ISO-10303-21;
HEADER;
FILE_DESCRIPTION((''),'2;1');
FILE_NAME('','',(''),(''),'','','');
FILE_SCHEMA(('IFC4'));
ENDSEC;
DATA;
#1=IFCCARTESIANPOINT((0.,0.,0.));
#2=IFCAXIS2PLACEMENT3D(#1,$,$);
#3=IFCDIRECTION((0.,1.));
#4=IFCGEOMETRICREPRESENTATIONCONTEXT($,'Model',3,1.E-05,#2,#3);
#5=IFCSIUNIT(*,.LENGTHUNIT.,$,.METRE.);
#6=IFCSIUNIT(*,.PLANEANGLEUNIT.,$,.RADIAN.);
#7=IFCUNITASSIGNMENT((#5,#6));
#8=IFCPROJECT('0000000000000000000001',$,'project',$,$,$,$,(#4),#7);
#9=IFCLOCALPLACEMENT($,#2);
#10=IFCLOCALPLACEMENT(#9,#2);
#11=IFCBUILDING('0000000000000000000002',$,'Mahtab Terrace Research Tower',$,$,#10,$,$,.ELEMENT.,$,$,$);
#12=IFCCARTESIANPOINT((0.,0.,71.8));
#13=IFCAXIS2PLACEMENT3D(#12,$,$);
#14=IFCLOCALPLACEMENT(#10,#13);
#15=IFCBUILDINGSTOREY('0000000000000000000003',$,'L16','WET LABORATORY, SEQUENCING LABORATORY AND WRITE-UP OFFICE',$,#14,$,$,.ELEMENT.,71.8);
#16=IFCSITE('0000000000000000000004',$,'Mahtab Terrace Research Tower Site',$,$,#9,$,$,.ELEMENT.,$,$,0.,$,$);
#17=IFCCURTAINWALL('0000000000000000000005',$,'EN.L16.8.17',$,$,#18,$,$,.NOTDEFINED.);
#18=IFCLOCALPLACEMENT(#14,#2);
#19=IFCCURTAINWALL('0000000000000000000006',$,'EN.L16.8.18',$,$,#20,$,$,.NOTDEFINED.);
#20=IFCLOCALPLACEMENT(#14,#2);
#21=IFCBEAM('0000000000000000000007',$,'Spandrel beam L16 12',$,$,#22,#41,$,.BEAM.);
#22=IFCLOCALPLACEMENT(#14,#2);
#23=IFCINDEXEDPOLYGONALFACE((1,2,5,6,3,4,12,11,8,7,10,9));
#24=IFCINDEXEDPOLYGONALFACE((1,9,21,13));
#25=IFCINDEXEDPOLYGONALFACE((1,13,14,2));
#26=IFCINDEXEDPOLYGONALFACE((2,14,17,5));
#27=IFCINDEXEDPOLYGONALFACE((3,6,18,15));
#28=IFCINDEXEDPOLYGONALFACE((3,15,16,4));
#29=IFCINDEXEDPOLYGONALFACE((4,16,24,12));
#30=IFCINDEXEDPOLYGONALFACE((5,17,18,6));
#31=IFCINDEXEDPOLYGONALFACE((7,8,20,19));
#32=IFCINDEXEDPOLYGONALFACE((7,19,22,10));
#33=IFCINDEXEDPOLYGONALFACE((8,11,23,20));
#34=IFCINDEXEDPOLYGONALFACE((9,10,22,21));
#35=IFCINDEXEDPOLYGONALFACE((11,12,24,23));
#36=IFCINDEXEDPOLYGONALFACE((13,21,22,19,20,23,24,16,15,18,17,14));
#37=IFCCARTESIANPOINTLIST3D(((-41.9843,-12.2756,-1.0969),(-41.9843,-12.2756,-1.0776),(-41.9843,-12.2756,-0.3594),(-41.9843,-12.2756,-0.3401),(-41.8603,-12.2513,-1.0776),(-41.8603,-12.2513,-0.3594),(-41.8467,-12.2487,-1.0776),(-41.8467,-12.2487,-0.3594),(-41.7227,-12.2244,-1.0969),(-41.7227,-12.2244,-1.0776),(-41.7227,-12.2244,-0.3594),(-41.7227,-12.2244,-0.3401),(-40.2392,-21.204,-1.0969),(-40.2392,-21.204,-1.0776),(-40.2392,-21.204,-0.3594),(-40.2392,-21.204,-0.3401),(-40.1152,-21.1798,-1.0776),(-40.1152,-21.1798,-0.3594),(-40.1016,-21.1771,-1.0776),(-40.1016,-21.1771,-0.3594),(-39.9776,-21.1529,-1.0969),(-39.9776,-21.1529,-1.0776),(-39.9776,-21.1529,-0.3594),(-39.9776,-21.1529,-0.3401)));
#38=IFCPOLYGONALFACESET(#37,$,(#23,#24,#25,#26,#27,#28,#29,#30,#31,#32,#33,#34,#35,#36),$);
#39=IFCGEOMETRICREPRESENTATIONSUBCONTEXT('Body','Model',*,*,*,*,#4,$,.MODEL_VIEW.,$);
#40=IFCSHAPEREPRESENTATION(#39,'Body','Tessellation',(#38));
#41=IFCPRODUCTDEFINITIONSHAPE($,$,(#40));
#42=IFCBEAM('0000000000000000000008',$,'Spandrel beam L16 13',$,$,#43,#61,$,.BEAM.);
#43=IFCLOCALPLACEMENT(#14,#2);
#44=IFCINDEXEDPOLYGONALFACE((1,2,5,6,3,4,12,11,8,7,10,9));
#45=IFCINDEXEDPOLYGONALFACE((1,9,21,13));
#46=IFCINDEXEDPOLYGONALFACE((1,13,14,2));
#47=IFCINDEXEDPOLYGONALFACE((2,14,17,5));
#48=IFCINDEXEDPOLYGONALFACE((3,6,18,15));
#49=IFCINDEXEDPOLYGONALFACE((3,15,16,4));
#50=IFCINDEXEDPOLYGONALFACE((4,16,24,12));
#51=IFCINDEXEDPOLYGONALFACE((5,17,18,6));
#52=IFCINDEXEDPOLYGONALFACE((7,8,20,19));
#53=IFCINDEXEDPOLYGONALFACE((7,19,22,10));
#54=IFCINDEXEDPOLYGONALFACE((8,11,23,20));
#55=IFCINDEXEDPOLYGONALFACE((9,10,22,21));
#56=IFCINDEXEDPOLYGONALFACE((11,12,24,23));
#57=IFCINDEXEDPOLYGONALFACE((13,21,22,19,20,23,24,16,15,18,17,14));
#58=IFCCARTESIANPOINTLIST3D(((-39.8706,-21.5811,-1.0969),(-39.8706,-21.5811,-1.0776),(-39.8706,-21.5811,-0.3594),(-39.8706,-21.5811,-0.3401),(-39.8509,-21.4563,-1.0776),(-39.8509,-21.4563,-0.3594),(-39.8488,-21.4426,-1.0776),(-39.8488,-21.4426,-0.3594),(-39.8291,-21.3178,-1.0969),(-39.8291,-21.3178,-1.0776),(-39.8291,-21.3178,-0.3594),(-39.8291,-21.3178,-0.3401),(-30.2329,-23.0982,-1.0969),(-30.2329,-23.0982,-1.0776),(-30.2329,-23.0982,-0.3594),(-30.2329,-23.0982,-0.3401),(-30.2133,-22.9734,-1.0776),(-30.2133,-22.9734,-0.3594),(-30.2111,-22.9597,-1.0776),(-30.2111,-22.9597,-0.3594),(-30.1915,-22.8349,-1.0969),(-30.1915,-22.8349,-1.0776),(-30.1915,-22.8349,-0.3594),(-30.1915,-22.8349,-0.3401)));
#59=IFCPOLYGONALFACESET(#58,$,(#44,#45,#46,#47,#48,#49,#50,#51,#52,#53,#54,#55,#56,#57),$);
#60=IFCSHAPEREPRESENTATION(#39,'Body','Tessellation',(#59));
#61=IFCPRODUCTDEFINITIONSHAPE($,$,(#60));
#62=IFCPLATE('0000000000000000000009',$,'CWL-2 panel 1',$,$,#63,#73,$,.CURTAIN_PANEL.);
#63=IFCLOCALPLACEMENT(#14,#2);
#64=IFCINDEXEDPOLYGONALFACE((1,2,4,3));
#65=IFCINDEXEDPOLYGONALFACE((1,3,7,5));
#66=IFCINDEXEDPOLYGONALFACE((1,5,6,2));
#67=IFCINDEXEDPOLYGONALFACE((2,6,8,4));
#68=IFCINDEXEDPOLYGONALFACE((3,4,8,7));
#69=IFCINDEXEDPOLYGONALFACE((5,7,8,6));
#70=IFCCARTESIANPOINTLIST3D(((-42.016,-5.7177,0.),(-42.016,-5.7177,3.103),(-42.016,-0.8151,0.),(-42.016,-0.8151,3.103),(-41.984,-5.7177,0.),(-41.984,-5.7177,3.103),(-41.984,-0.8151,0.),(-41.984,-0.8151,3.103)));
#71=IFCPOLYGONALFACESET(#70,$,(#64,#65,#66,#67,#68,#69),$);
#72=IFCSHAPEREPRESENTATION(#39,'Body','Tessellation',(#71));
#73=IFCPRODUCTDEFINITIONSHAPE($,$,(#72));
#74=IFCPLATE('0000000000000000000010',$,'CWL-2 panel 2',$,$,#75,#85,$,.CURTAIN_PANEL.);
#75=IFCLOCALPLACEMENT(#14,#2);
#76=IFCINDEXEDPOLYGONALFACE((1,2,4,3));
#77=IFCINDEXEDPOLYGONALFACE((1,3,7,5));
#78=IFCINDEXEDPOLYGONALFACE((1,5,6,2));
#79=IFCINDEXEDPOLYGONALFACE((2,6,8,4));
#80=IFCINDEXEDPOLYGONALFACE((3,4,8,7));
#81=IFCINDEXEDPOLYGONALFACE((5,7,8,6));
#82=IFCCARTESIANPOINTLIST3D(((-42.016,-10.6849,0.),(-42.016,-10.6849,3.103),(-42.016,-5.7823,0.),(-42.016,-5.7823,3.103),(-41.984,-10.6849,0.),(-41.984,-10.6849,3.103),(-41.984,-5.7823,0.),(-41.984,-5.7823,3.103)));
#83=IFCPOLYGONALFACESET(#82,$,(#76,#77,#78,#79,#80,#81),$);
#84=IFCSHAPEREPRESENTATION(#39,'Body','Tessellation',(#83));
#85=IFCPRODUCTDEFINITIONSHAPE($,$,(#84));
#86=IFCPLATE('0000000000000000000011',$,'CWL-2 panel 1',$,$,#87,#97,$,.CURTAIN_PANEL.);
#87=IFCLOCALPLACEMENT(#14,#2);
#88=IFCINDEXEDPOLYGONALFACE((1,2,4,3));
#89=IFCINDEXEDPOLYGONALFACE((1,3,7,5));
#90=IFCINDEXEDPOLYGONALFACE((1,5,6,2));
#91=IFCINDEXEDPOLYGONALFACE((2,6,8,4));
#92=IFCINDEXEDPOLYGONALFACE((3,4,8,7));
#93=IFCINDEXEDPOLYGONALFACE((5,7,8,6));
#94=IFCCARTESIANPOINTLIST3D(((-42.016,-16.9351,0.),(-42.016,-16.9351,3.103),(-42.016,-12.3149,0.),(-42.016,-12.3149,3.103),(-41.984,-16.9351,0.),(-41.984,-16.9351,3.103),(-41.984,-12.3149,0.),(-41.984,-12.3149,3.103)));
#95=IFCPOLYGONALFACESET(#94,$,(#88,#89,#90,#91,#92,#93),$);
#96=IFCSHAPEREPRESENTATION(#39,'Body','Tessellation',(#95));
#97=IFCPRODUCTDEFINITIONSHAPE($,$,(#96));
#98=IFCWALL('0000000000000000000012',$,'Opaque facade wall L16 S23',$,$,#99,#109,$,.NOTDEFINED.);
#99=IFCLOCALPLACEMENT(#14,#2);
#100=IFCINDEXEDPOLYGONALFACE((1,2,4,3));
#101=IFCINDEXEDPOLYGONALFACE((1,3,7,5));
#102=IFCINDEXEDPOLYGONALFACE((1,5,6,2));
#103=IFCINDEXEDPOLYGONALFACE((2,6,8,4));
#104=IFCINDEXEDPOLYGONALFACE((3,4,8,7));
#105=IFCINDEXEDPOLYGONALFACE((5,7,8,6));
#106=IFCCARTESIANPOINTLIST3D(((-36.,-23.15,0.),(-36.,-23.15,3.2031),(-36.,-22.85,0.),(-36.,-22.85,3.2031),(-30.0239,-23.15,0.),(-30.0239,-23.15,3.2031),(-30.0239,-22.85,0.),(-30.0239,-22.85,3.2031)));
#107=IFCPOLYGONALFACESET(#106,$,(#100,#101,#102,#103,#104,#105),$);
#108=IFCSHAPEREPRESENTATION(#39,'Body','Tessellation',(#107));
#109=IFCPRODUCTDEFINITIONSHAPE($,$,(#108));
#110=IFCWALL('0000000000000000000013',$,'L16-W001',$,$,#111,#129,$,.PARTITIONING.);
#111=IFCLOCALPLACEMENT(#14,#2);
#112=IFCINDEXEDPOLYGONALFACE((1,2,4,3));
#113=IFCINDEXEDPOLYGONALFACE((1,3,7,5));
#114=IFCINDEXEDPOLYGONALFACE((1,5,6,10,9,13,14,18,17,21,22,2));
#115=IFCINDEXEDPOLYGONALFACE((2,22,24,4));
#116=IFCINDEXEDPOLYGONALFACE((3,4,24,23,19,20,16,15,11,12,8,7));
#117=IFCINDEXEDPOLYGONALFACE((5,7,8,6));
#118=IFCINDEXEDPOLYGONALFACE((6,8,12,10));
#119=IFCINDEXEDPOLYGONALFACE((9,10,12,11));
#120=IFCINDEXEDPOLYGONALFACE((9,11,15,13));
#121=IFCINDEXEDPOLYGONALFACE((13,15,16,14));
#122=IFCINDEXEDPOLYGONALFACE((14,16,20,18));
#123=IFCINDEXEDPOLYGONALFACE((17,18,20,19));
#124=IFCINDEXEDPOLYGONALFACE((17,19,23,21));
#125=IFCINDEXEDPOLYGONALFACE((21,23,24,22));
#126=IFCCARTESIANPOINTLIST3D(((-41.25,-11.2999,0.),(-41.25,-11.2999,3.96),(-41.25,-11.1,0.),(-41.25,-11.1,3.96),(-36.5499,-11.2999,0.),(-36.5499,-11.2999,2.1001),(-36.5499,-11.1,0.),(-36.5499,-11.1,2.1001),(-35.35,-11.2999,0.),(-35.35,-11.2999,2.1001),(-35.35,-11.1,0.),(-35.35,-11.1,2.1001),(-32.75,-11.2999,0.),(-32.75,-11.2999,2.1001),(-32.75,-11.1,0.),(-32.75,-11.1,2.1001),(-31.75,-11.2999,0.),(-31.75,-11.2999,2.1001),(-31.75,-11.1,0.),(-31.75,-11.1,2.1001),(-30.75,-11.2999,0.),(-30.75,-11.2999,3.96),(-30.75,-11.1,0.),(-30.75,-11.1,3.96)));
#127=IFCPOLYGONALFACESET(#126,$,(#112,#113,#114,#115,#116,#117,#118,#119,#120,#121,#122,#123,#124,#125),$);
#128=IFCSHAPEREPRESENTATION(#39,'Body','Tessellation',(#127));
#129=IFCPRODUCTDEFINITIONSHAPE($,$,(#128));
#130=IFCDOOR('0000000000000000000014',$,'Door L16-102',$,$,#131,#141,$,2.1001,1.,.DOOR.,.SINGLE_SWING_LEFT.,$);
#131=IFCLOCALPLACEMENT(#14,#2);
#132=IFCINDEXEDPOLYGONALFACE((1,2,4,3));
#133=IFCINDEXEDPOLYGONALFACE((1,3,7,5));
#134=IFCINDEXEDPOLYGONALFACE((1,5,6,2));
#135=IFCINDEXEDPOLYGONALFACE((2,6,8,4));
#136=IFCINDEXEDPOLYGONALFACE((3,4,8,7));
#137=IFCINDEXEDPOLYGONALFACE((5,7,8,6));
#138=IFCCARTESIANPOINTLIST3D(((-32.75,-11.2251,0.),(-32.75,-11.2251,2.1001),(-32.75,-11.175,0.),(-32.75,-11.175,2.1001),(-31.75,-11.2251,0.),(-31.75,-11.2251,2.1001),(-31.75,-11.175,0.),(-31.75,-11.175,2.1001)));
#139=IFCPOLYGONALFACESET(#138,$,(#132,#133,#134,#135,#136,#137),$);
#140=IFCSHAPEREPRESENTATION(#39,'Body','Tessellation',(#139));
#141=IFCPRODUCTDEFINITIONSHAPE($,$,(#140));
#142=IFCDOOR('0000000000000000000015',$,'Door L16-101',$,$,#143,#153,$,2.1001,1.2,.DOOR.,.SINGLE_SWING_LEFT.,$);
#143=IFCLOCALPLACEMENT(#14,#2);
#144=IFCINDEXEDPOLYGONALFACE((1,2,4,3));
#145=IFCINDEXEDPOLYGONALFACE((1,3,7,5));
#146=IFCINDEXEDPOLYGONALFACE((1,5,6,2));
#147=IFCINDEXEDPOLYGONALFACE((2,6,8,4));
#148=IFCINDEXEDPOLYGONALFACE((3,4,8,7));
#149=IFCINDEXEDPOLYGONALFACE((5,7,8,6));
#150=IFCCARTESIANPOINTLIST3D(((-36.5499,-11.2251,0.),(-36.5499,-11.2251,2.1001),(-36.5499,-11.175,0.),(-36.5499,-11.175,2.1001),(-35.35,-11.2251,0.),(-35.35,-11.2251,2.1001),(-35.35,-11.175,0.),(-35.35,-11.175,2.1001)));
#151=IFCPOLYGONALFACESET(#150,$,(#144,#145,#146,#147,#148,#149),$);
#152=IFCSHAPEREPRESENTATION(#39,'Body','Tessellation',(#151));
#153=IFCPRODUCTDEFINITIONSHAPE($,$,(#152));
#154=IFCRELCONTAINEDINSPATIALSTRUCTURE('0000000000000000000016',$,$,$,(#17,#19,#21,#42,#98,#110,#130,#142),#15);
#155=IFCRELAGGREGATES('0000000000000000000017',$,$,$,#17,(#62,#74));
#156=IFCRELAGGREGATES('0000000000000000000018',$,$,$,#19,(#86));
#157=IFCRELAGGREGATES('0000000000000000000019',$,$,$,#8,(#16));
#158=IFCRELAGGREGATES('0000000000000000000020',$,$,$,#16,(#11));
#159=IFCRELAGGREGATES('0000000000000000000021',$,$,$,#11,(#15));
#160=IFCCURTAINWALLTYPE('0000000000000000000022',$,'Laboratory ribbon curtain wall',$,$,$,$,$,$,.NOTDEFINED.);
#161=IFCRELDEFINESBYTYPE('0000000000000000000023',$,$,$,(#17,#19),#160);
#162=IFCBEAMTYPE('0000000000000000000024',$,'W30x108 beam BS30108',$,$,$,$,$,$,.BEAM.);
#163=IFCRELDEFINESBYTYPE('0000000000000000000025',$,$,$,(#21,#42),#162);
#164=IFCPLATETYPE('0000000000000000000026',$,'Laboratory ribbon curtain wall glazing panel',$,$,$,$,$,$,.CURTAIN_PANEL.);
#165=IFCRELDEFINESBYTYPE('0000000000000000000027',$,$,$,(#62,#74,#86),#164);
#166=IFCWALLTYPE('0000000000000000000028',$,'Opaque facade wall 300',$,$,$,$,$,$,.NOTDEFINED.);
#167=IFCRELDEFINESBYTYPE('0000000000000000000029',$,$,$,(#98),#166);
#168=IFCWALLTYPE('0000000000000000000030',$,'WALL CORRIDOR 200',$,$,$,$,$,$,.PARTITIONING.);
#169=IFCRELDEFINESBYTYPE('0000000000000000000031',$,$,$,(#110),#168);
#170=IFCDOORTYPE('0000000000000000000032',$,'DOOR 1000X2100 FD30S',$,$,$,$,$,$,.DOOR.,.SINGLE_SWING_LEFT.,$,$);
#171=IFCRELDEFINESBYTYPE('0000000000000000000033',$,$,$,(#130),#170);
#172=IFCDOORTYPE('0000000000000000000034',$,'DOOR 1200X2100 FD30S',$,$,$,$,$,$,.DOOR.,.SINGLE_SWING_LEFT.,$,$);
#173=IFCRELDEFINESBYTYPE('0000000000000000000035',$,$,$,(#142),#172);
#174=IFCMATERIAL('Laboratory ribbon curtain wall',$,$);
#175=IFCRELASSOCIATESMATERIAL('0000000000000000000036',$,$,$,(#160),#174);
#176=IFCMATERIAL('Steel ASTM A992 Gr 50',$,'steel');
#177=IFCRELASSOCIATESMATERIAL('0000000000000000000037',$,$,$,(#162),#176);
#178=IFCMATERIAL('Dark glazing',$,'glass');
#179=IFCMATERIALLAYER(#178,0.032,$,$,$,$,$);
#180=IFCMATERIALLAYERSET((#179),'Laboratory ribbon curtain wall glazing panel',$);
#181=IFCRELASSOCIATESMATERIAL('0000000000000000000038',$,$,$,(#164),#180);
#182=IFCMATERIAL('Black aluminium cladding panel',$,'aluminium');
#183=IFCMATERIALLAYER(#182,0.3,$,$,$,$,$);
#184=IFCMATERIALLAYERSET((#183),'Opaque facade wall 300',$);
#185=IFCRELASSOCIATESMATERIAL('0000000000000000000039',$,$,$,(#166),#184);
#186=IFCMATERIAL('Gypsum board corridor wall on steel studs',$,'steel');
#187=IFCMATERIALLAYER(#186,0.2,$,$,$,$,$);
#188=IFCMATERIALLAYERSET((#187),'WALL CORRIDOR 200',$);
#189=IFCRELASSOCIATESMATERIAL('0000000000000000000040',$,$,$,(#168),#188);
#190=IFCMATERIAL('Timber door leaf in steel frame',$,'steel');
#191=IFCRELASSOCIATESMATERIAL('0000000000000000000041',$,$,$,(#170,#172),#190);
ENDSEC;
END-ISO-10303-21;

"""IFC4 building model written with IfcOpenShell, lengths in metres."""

from ifc_helpers import new_model, si_unit, direction, frame, frame_2d, origin, origin_2d, place, context, subcontext, project, spatial, rectangle, i_section, extrude, material, layer, layer_set, material_profile, profile_set, type_object, element, fill, aggregate, save


model = new_model("IFC4")

# Units and contexts
model_context = context("Model", 3, precision=1e-05, world=origin(), true_north=direction((0.0, 1.0)))
body_context = subcontext(model_context, "Body", "Model", "MODEL_VIEW")
ifc_project = project(units=[si_unit("LENGTHUNIT", "METRE"), si_unit("PLANEANGLEUNIT", "RADIAN")], contexts=[model_context])

# Site, building, storey
site_placement = place(None, origin())
site = spatial("IfcSite", under=ifc_project, at=site_placement, Name="Mahtab Terrace Research Tower Site", CompositionType="ELEMENT", RefElevation=0.0)
building_placement = place(site_placement, origin())
building = spatial("IfcBuilding", under=site, at=building_placement, Name="Mahtab Terrace Research Tower", CompositionType="ELEMENT")
storey_placement = place(building_placement, frame((0.0, 0.0, 71.8)))
storey = spatial("IfcBuildingStorey", under=building, at=storey_placement, Name="L16", Description="WET LABORATORY, SEQUENCING LABORATORY AND WRITE-UP OFFICE", CompositionType="ELEMENT", Elevation=71.8)

# Shared definitions
ifc_material_1 = material(Name="Steel ASTM A992 Gr 50", Category="steel")

# Curtain walls
ifc_material_2 = material(Name="Laboratory ribbon curtain wall")
curtain_wall_type = type_object("IfcCurtainWallType", Name="Laboratory ribbon curtain wall", PredefinedType="NOTDEFINED", material=ifc_material_2)
curtain_wall_1_placement = place(storey_placement, origin())
curtain_wall_1 = element("IfcCurtainWall", 1, at=curtain_wall_1_placement, inside=storey, type_object=curtain_wall_type, Name="EN.L16.8.17", PredefinedType="NOTDEFINED")
curtain_wall_2_placement = place(storey_placement, origin())
curtain_wall_2 = element("IfcCurtainWall", 2, at=curtain_wall_2_placement, inside=storey, type_object=curtain_wall_type, Name="EN.L16.8.18", PredefinedType="NOTDEFINED")

# Beams
ifc_material_profile_1 = material_profile(ifc_material_1, i_section(OverallWidth=0.2666, OverallDepth=0.7568, WebThickness=0.0139, FlangeThickness=0.0193, at=origin_2d()), Name="W30X108")
ifc_profile_set_1 = profile_set([ifc_material_profile_1], Name="Steel ASTM A992 Gr 50")
beam_type = type_object("IfcBeamType", Name="W30x108 beam BS30108", PredefinedType="BEAM", material=ifc_profile_set_1)
beam_1_placement = place(storey_placement, frame((-41.8535, -12.25, -0.7185), z_axis=(0.191826, -0.981429, 0.0), x_axis=(0.981429, 0.191826, 0.0)))
element("IfcBeam", 3, at=beam_1_placement, inside=storey, type_object=beam_type, Name="Spandrel beam L16 12", PredefinedType="BEAM", context=body_context, shape_type="SweptSolid", body=[
    extrude(i_section(OverallWidth=0.2666, OverallDepth=0.7568, WebThickness=0.0139, FlangeThickness=0.0193, at=origin_2d()), origin(), (0.0, 0.0, 1.0), 9.0974),
])
beam_2_placement = place(storey_placement, frame((-39.8499, -21.4495, -0.7185), z_axis=(0.987836, -0.155497, 0.0), x_axis=(0.155497, 0.987836, 0.0)))
element("IfcBeam", 4, at=beam_2_placement, inside=storey, type_object=beam_type, Name="Spandrel beam L16 13", PredefinedType="BEAM", context=body_context, shape_type="SweptSolid", body=[
    extrude(i_section(OverallWidth=0.2666, OverallDepth=0.7568, WebThickness=0.0139, FlangeThickness=0.0193, at=origin_2d()), origin(), (0.0, 0.0, 1.0), 9.7563),
])

# Plates
ifc_material_3 = material(Name="Dark glazing", Category="glass")
ifc_layer_1 = layer(ifc_material_3, 0.032)
ifc_layer_set_1 = layer_set([ifc_layer_1], Name="Laboratory ribbon curtain wall glazing panel")
plate_type = type_object("IfcPlateType", Name="Laboratory ribbon curtain wall glazing panel", PredefinedType="CURTAIN_PANEL", material=ifc_layer_set_1)
plate_1_placement = place(storey_placement, frame((-42.0, -3.2664, 0.0), z_axis=(0.0, 0.0, 1.0), x_axis=(0.0, -1.0, 0.0)))
plate_1 = element("IfcPlate", 5, at=plate_1_placement, type_object=plate_type, Name="CWL-2 panel 1", PredefinedType="CURTAIN_PANEL", context=body_context, shape_type="SweptSolid", body=[
    extrude(rectangle(XDim=4.9026, YDim=0.032, at=origin_2d()), origin(), (0.0, 0.0, 1.0), 3.103),
])
plate_2_placement = place(storey_placement, frame((-42.0, -8.2336, 0.0), z_axis=(0.0, 0.0, 1.0), x_axis=(0.0, -1.0, 0.0)))
plate_2 = element("IfcPlate", 6, at=plate_2_placement, type_object=plate_type, Name="CWL-2 panel 2", PredefinedType="CURTAIN_PANEL", context=body_context, shape_type="SweptSolid", body=[
    extrude(rectangle(XDim=4.9026, YDim=0.032, at=origin_2d()), origin(), (0.0, 0.0, 1.0), 3.103),
])
aggregate(curtain_wall_1, [plate_1, plate_2])
plate_3_placement = place(storey_placement, frame((-42.0, -14.625, 0.0), z_axis=(0.0, 0.0, 1.0), x_axis=(0.0, -1.0, 0.0)))
plate_3 = element("IfcPlate", 7, at=plate_3_placement, type_object=plate_type, Name="CWL-2 panel 1", PredefinedType="CURTAIN_PANEL", context=body_context, shape_type="SweptSolid", body=[
    extrude(rectangle(XDim=4.6201, YDim=0.032, at=origin_2d()), origin(), (0.0, 0.0, 1.0), 3.103),
])
aggregate(curtain_wall_2, [plate_3])

# Wall
ifc_material_4 = material(Name="Black aluminium cladding panel", Category="aluminium")
ifc_layer_2 = layer(ifc_material_4, 0.3)
ifc_layer_set_2 = layer_set([ifc_layer_2], Name="Opaque facade wall 300")
wall_type_1 = type_object("IfcWallType", Name="Opaque facade wall 300", PredefinedType="NOTDEFINED", material=ifc_layer_set_2)
wall_1_placement = place(storey_placement, frame((-36.0, -23.0, 0.0), z_axis=(0.0, 0.0, 1.0), x_axis=(1.0, 0.0, 0.0)))
element("IfcWall", 8, at=wall_1_placement, inside=storey, type_object=wall_type_1, Name="Opaque facade wall L16 S23", PredefinedType="NOTDEFINED", context=body_context, shape_type="SweptSolid", body=[
    extrude(rectangle(XDim=5.9761, YDim=0.3, at=frame_2d((2.988, 0.0))), origin(), (0.0, 0.0, 1.0), 3.2031),
])

# Wall, openings, doors
ifc_material_5 = material(Name="Gypsum board corridor wall on steel studs", Category="steel")
ifc_layer_3 = layer(ifc_material_5, 0.2)
ifc_layer_set_3 = layer_set([ifc_layer_3], Name="WALL CORRIDOR 200")
wall_type_2 = type_object("IfcWallType", Name="WALL CORRIDOR 200", PredefinedType="PARTITIONING", material=ifc_layer_set_3)
wall_2_placement = place(storey_placement, frame((-41.25, -11.2, 0.0), z_axis=(0.0, 0.0, 1.0), x_axis=(1.0, 0.0, 0.0)))
wall_2 = element("IfcWall", 9, at=wall_2_placement, inside=storey, type_object=wall_type_2, Name="L16-W001", PredefinedType="PARTITIONING", context=body_context, shape_type="SweptSolid", body=[
    extrude(rectangle(XDim=10.5, YDim=0.2, at=frame_2d((5.25, 0.0))), origin(), (0.0, 0.0, 1.0), 3.96),
])
opening_1_placement = place(wall_2_placement, frame((4.7, 0.0, 0.0)))
opening_1 = element("IfcOpeningElement", 10, at=opening_1_placement, cuts=wall_2, PredefinedType="OPENING", context=body_context, shape_type="SweptSolid", body=[
    extrude(rectangle(XDim=1.2, YDim=2.1001, at=frame_2d((0.6001, 1.05))), frame((0.0, 0.1099, 0.0), z_axis=(0.0, -1.0, 0.0), x_axis=(1.0, 0.0, 0.0)), (0.0, 0.0, 1.0), 0.22),
])
opening_2_placement = place(wall_2_placement, frame((8.5, 0.0, 0.0)))
opening_2 = element("IfcOpeningElement", 11, at=opening_2_placement, cuts=wall_2, PredefinedType="OPENING", context=body_context, shape_type="SweptSolid", body=[
    extrude(rectangle(XDim=1.0, YDim=2.1001, at=frame_2d((0.5, 1.05))), frame((0.0, 0.1099, 0.0), z_axis=(0.0, -1.0, 0.0), x_axis=(1.0, 0.0, 0.0)), (0.0, 0.0, 1.0), 0.22),
])
ifc_material_6 = material(Name="Timber door leaf in steel frame", Category="steel")
door_type_1 = type_object("IfcDoorType", Name="DOOR 1000X2100 FD30S", OperationType="SINGLE_SWING_LEFT", PredefinedType="DOOR", material=ifc_material_6)
door_1_placement = place(opening_2_placement, origin())
door_1 = element("IfcDoor", 12, at=door_1_placement, inside=storey, type_object=door_type_1, Name="Door L16-102", OperationType="SINGLE_SWING_LEFT", OverallHeight=2.1001, OverallWidth=1.0, PredefinedType="DOOR", context=body_context, shape_type="SweptSolid", body=[
    extrude(rectangle(XDim=1.0, YDim=2.1001, at=frame_2d((0.5, 1.05))), frame((0.0, 0.0249, 0.0), z_axis=(0.0, -1.0, 0.0), x_axis=(1.0, 0.0, 0.0)), (0.0, 0.0, 1.0), 0.05),
])
fill(opening_2, door_1)
door_type_2 = type_object("IfcDoorType", Name="DOOR 1200X2100 FD30S", OperationType="SINGLE_SWING_LEFT", PredefinedType="DOOR", material=ifc_material_6)
door_2_placement = place(opening_1_placement, origin())
door_2 = element("IfcDoor", 13, at=door_2_placement, inside=storey, type_object=door_type_2, Name="Door L16-101", OperationType="SINGLE_SWING_LEFT", OverallHeight=2.1001, OverallWidth=1.2, PredefinedType="DOOR", context=body_context, shape_type="SweptSolid", body=[
    extrude(rectangle(XDim=1.2, YDim=2.1001, at=frame_2d((0.6001, 1.05))), frame((0.0, 0.0249, 0.0), z_axis=(0.0, -1.0, 0.0), x_axis=(1.0, 0.0, 0.0)), (0.0, 0.0, 1.0), 0.05),
])
fill(opening_1, door_2)

save(model, "model.ifc")
